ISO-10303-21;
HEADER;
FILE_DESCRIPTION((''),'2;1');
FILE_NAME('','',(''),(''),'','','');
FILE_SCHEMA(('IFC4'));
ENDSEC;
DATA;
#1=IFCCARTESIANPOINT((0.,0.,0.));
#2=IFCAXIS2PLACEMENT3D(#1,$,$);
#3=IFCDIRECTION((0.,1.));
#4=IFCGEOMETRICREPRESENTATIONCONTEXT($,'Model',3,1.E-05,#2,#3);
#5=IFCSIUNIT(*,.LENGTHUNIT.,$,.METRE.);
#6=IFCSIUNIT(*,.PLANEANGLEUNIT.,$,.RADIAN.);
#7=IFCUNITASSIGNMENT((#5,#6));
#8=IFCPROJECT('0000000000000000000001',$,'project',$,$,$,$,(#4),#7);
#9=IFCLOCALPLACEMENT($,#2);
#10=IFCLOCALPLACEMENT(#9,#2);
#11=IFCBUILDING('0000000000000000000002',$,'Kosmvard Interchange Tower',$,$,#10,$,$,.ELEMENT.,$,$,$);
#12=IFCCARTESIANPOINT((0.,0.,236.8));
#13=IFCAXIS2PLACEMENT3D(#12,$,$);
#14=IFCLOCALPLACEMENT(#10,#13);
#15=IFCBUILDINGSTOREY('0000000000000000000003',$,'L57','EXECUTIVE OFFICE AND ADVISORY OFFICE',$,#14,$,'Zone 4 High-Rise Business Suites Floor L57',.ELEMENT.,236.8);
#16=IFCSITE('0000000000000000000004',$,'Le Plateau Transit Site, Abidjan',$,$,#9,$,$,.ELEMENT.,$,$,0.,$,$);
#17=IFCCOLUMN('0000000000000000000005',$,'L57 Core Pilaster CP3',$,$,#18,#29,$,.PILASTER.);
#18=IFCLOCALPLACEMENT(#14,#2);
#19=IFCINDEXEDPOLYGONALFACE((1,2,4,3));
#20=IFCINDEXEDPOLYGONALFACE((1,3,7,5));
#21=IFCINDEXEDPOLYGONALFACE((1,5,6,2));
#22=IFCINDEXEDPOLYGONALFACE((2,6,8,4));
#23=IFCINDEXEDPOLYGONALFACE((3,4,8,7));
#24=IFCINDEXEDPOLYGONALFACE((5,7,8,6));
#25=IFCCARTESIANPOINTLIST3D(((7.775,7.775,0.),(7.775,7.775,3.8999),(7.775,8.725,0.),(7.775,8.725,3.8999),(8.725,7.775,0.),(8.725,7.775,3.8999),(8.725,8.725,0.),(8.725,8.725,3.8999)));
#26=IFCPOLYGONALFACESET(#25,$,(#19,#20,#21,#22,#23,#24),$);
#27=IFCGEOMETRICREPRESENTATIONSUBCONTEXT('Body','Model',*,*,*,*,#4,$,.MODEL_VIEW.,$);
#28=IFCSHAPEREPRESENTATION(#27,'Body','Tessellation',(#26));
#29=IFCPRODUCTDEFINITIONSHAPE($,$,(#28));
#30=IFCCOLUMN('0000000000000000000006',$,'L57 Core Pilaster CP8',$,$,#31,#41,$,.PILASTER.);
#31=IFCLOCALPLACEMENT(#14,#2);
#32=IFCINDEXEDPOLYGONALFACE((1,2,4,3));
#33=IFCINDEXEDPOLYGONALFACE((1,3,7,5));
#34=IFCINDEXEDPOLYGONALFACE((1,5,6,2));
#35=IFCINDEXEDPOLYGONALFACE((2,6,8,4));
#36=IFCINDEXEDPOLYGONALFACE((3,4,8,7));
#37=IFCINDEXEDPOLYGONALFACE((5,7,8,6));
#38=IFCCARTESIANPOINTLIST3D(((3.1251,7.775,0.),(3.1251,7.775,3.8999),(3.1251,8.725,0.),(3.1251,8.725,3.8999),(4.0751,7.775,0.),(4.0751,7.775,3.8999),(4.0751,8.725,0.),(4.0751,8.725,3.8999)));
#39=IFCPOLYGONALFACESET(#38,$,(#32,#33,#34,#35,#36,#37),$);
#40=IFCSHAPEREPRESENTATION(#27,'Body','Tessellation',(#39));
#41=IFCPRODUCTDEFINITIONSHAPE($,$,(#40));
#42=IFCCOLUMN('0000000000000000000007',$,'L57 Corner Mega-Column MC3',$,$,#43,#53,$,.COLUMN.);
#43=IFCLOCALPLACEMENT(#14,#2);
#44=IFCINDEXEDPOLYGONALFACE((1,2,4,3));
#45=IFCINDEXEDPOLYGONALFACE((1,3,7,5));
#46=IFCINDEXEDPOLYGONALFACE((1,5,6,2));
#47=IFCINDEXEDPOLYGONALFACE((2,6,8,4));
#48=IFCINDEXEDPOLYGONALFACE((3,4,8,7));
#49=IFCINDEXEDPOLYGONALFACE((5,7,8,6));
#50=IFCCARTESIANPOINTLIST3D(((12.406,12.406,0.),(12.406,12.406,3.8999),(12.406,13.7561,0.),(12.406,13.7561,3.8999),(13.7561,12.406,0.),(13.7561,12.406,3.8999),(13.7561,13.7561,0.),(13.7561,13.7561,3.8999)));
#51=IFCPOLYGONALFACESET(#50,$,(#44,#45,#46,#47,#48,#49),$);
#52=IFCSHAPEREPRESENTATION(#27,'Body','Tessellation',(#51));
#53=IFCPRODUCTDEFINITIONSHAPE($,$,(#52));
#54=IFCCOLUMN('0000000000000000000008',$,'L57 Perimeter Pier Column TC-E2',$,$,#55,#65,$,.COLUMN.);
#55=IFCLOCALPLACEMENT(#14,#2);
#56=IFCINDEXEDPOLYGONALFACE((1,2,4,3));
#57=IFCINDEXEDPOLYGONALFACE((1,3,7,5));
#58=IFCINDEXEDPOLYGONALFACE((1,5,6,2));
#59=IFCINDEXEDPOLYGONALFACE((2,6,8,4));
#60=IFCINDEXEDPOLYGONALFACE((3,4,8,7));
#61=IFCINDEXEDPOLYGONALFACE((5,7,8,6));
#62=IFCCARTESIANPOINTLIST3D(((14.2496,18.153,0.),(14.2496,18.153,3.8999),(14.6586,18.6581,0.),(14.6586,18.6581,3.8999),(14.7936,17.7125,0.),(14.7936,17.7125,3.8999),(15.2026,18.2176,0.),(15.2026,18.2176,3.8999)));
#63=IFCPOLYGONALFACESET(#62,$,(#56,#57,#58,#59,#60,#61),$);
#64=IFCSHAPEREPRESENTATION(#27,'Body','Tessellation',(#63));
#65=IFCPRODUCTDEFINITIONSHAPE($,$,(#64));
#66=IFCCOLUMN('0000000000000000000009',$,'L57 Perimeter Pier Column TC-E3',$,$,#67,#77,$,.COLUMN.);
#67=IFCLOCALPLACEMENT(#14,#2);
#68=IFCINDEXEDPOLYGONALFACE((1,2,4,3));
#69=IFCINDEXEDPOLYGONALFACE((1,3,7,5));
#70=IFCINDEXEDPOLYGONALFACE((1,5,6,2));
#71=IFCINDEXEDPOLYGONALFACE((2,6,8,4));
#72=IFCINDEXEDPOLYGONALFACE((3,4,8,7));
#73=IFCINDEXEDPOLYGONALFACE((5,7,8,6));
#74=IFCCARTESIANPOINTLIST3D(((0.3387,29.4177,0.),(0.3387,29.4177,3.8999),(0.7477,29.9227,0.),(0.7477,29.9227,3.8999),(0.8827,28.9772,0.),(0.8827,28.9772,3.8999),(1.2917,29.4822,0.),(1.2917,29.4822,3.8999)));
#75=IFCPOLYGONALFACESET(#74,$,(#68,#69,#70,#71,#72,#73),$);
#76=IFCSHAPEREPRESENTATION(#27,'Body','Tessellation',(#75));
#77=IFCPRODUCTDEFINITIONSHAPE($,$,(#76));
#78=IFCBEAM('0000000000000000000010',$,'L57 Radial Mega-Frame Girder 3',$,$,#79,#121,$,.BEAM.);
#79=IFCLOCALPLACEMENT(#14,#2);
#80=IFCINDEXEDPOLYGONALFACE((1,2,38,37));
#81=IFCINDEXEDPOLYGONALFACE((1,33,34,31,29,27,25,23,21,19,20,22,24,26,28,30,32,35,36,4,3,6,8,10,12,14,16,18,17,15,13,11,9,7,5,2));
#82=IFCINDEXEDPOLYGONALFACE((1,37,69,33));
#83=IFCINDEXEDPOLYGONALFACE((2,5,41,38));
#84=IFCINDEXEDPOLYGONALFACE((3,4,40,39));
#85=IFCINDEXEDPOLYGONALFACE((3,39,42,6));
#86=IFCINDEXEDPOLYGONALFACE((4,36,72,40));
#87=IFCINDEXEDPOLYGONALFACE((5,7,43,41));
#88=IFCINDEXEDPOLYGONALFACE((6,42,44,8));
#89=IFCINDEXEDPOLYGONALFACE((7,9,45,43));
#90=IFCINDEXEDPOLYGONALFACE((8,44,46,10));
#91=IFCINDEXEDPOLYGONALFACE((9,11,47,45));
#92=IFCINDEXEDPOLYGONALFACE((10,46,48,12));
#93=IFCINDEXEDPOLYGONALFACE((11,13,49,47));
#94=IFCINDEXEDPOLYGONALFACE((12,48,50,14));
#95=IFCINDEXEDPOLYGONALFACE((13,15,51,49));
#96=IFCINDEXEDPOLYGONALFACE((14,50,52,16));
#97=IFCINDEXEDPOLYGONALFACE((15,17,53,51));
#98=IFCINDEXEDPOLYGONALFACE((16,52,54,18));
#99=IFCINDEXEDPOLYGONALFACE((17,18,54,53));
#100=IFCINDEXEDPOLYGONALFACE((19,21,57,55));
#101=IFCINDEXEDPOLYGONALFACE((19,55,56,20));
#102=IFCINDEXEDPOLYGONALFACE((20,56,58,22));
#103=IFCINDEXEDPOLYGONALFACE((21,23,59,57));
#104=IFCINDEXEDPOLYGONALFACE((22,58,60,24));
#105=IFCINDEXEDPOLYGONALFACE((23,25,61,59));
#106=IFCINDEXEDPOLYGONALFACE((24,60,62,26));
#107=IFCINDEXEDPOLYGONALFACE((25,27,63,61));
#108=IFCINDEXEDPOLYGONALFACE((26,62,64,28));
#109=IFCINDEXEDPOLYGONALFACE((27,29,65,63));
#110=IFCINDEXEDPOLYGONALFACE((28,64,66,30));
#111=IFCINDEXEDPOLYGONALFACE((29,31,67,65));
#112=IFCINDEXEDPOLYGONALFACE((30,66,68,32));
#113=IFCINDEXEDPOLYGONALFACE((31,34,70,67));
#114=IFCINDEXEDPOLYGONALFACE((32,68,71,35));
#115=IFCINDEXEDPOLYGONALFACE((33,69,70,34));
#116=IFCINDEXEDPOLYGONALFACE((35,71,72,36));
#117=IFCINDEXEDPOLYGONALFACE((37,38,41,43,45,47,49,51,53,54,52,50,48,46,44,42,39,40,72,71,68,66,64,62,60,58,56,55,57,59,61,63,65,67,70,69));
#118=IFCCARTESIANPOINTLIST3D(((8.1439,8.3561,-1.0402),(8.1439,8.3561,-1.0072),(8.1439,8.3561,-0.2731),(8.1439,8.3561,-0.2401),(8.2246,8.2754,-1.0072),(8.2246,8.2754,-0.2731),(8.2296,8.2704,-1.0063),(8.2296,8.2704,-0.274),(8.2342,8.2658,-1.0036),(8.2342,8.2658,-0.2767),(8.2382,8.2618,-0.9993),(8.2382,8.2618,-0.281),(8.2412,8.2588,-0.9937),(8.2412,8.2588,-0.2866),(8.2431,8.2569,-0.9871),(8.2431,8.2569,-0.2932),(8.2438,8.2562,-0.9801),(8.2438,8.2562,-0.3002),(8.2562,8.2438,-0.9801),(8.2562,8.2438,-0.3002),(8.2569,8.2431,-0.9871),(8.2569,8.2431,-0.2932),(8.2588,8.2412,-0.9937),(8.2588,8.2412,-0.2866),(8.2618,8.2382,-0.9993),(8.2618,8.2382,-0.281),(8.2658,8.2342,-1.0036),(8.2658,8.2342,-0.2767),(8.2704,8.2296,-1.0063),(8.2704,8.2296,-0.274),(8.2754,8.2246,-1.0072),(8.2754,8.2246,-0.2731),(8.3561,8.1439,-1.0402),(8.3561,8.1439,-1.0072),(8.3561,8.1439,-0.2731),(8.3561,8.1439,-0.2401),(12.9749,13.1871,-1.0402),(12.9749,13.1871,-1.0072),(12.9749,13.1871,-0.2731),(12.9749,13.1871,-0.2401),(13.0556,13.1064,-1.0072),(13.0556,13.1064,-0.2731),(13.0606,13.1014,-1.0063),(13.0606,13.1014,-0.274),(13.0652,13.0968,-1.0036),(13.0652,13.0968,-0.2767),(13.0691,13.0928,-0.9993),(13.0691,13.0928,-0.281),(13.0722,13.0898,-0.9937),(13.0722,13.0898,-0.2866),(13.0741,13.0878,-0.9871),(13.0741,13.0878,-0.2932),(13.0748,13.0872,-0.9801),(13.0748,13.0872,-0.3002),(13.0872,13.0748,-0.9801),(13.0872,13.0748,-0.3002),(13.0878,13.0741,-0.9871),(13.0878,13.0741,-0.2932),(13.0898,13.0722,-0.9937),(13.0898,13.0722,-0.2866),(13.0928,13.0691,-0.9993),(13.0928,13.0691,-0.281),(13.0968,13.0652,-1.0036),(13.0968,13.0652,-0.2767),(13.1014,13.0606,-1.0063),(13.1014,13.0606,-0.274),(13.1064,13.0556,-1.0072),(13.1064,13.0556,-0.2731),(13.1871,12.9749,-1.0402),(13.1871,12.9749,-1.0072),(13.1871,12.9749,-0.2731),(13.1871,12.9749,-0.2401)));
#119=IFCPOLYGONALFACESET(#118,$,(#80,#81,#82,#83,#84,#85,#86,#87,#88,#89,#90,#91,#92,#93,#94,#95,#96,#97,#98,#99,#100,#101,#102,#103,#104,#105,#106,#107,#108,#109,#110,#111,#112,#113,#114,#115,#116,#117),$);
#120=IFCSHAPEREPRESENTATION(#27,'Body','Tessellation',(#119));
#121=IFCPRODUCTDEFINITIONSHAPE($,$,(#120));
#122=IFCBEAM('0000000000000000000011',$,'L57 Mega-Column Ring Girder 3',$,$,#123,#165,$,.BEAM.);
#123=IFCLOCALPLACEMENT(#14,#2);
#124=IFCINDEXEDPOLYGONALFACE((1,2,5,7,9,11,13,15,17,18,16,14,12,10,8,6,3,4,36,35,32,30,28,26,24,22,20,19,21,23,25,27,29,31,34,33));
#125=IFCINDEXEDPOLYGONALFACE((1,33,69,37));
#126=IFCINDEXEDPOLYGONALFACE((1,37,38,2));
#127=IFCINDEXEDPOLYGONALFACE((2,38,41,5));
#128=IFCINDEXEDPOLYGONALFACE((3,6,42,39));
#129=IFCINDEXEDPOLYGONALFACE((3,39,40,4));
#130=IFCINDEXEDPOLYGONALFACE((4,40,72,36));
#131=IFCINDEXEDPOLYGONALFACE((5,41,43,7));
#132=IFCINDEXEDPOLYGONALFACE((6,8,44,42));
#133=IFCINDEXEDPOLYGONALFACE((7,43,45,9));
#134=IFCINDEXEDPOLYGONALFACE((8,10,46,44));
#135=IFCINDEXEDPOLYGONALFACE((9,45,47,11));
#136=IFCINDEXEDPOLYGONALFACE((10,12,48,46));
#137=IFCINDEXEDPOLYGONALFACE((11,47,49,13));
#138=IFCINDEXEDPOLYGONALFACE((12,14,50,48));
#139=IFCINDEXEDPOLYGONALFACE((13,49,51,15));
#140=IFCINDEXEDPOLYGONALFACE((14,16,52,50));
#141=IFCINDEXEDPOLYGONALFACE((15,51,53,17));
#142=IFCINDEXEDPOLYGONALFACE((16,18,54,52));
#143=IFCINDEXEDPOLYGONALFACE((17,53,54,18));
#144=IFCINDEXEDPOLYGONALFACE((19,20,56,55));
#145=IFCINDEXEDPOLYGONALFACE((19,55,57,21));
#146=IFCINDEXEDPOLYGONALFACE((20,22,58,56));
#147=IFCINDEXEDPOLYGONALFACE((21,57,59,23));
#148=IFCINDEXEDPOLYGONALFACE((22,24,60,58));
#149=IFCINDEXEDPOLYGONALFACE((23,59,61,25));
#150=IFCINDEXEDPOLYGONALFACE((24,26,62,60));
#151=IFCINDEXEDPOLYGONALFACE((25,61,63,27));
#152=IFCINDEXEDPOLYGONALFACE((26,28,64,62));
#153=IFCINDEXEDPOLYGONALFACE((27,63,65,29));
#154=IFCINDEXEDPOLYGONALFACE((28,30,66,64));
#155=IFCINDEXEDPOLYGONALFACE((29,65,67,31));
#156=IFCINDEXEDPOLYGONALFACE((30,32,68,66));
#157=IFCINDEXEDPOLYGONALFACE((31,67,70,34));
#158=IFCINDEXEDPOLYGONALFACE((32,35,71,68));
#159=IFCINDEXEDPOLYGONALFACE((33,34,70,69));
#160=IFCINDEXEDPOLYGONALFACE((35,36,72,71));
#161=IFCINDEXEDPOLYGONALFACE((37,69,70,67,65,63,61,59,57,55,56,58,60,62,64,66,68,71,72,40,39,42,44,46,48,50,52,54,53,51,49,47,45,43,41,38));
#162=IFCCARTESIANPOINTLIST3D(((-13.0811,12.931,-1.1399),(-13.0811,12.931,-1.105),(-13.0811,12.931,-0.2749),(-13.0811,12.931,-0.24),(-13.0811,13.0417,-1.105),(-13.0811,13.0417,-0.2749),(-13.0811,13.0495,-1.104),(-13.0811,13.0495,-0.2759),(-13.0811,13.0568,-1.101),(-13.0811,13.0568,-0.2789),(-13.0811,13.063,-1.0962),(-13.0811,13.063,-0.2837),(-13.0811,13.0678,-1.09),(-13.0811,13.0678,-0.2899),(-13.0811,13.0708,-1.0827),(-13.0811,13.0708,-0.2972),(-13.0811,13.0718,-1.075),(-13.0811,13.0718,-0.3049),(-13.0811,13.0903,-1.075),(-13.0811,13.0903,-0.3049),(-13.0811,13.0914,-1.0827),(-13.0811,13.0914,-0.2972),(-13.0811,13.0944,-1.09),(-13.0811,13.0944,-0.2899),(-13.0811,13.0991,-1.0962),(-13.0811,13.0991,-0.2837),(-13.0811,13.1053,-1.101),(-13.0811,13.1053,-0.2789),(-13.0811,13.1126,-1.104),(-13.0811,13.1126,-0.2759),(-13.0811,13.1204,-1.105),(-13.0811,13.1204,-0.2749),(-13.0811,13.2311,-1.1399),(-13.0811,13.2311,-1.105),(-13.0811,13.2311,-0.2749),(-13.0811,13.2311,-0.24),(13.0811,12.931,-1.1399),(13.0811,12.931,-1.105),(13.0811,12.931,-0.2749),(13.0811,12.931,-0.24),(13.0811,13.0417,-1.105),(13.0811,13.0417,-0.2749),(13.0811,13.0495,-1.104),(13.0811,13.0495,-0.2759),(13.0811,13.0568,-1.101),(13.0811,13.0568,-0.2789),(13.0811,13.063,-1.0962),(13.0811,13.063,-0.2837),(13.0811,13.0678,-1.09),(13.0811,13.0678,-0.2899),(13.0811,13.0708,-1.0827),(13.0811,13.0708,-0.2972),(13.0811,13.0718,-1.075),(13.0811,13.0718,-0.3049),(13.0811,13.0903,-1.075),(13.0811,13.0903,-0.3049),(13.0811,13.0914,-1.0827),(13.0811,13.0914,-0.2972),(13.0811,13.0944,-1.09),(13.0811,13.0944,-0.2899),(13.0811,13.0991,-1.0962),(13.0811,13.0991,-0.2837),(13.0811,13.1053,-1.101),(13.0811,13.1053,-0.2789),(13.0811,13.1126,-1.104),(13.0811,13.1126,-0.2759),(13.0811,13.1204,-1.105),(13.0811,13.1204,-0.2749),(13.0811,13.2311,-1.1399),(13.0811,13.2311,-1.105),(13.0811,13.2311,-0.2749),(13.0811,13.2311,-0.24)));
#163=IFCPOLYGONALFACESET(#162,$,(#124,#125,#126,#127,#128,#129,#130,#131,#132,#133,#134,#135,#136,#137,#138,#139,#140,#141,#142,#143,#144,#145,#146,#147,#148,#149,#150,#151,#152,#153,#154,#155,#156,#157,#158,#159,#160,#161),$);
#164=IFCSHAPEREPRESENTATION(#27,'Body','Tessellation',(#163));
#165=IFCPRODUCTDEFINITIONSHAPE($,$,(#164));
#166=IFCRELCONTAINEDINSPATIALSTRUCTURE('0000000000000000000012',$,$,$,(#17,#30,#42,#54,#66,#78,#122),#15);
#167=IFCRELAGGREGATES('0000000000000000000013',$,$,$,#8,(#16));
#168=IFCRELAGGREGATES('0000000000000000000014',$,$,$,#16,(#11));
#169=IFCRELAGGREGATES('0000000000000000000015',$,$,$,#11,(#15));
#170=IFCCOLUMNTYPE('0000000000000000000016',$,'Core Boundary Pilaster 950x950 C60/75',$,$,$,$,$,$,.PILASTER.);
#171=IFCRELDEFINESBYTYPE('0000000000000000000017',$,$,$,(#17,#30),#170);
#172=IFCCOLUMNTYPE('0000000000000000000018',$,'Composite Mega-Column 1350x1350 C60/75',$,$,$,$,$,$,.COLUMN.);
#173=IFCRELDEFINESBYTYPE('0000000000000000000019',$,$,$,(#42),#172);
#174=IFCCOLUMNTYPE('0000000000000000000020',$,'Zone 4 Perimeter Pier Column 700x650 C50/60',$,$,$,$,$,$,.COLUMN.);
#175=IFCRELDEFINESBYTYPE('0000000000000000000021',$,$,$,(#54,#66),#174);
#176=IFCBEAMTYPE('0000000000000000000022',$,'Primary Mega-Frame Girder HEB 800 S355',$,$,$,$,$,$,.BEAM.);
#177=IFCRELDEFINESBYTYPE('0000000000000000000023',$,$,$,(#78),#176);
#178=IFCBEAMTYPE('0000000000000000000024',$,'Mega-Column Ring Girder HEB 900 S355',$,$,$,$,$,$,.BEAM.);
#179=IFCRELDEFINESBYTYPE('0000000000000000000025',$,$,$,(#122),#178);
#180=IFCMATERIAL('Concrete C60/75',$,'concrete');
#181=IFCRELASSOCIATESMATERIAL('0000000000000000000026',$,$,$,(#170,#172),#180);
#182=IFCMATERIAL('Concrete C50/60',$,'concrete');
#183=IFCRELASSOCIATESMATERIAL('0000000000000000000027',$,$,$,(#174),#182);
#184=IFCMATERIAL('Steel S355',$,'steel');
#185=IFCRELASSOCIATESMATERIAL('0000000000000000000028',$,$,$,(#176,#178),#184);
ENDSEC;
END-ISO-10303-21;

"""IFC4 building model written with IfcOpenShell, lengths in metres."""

from ifc_helpers import new_model, si_unit, direction, frame, origin, origin_2d, place, context, subcontext, project, spatial, rectangle, i_section, extrude, source, transform, mapped, material, material_profile, profile_set, type_object, element, save


model = new_model("IFC4")

# Units and contexts
model_context = context("Model", 3, precision=1e-05, world=origin(), true_north=direction((0.0, 1.0)))
body_context = subcontext(model_context, "Body", "Model", "MODEL_VIEW")
ifc_project = project(units=[si_unit("LENGTHUNIT", "METRE"), si_unit("PLANEANGLEUNIT", "RADIAN")], contexts=[model_context])

# Site, building, storey
site_placement = place(None, origin())
site = spatial("IfcSite", under=ifc_project, at=site_placement, Name="Le Plateau Transit Site, Abidjan", CompositionType="ELEMENT", RefElevation=0.0)
building_placement = place(site_placement, origin())
building = spatial("IfcBuilding", under=site, at=building_placement, Name="Kosmvard Interchange Tower", CompositionType="ELEMENT")
storey_placement = place(building_placement, frame((0.0, 0.0, 236.8)))
storey = spatial("IfcBuildingStorey", under=building, at=storey_placement, Name="L57", Description="EXECUTIVE OFFICE AND ADVISORY OFFICE", LongName="Zone 4 High-Rise Business Suites Floor L57", CompositionType="ELEMENT", Elevation=236.8)

# Columns
ifc_material_1 = material(Name="Concrete C60/75", Category="concrete")
ifc_material_profile_1 = material_profile(ifc_material_1, rectangle(XDim=0.95, YDim=0.95, at=origin_2d()), Name="CP 950x950")
ifc_profile_set_1 = profile_set([ifc_material_profile_1], Name="Concrete C60/75")
column_type_1 = type_object("IfcColumnType", Name="Core Boundary Pilaster 950x950 C60/75", PredefinedType="PILASTER", material=ifc_profile_set_1)
shared_shape_1 = source(origin(), body_context, "Body", "SweptSolid", [
    extrude(rectangle(XDim=0.95, YDim=0.95, at=origin_2d()), origin(), (0.0, 0.0, 1.0), 3.8999),
])
for number, where, z_axis, x_axis, name in (
    (1, (8.25, 8.25, 0.0), (0.0, 0.0, 1.0), (1.0, 0.0, 0.0), "L57 Core Pilaster CP3"),
    (2, (3.6001, 8.25, 0.0), (0.0, 0.0, 1.0), (1.0, 0.0, 0.0), "L57 Core Pilaster CP8"),
):
    element("IfcColumn", number, at=place(storey_placement, frame(where, z_axis=z_axis, x_axis=x_axis)), inside=storey, type_object=column_type_1, Name=name, PredefinedType="PILASTER", context=body_context, shape_type="MappedRepresentation", body=[
        mapped(shared_shape_1, transform((0.0, 0.0, 0.0), scale=1.0)),
    ])
ifc_material_profile_2 = material_profile(ifc_material_1, rectangle(XDim=1.3501, YDim=1.3501, at=origin_2d()), Name="MC 1350x1350")
ifc_profile_set_2 = profile_set([ifc_material_profile_2], Name="Concrete C60/75")
column_type_2 = type_object("IfcColumnType", Name="Composite Mega-Column 1350x1350 C60/75", PredefinedType="COLUMN", material=ifc_profile_set_2)
shared_shape_2 = source(origin(), body_context, "Body", "SweptSolid", [
    extrude(rectangle(XDim=1.3501, YDim=1.3501, at=origin_2d()), origin(), (0.0, 0.0, 1.0), 3.8999),
])
column_placement = place(storey_placement, frame((13.0811, 13.0811, 0.0), z_axis=(0.0, 0.0, 1.0), x_axis=(1.0, 0.0, 0.0)))
element("IfcColumn", 3, at=column_placement, inside=storey, type_object=column_type_2, Name="L57 Corner Mega-Column MC3", PredefinedType="COLUMN", context=body_context, shape_type="MappedRepresentation", body=[
    mapped(shared_shape_2, transform((0.0, 0.0, 0.0), scale=1.0)),
])
ifc_material_2 = material(Name="Concrete C50/60", Category="concrete")
ifc_material_profile_3 = material_profile(ifc_material_2, rectangle(XDim=0.6499, YDim=0.7, at=origin_2d()), Name="TC 700x650")
ifc_profile_set_3 = profile_set([ifc_material_profile_3], Name="Concrete C50/60")
column_type_3 = type_object("IfcColumnType", Name="Zone 4 Perimeter Pier Column 700x650 C50/60", PredefinedType="COLUMN", material=ifc_profile_set_3)
shared_shape_3 = source(origin(), body_context, "Body", "SweptSolid", [
    extrude(rectangle(XDim=0.6499, YDim=0.7, at=origin_2d()), origin(), (0.0, 0.0, 1.0), 3.8999),
])
for number, where, z_axis, x_axis, name in (
    (4, (14.7261, 18.1853, 0.0), (0.0, 0.0, 1.0), (0.62932, 0.777146, 0.0), "L57 Perimeter Pier Column TC-E2"),
    (5, (0.8152, 29.45, 0.0), (0.0, 0.0, 1.0), (0.62932, 0.777146, 0.0), "L57 Perimeter Pier Column TC-E3"),
):
    element("IfcColumn", number, at=place(storey_placement, frame(where, z_axis=z_axis, x_axis=x_axis)), inside=storey, type_object=column_type_3, Name=name, PredefinedType="COLUMN", context=body_context, shape_type="MappedRepresentation", body=[
        mapped(shared_shape_3, transform((0.0, 0.0, 0.0), scale=1.0)),
    ])

# Beams
ifc_material_3 = material(Name="Steel S355", Category="steel")
ifc_material_profile_4 = material_profile(ifc_material_3, i_section(OverallWidth=0.3, OverallDepth=0.8, WebThickness=0.0176, FlangeThickness=0.033, FilletRadius=0.0271, at=origin_2d()), Name="HEB 800")
ifc_profile_set_4 = profile_set([ifc_material_profile_4], Name="Steel S355")
beam_type_1 = type_object("IfcBeamType", Name="Primary Mega-Frame Girder HEB 800 S355", PredefinedType="BEAM", material=ifc_profile_set_4)
shared_shape_4 = source(origin(), body_context, "Body", "SweptSolid", [
    extrude(i_section(OverallWidth=0.3, OverallDepth=0.8, WebThickness=0.0176, FlangeThickness=0.033, FilletRadius=0.0271, at=origin_2d()), origin(), (0.0, 0.0, 1.0), 6.832),
])
beam_1_placement = place(storey_placement, frame((8.25, 8.25, -0.6401), z_axis=(0.707107, 0.707107, 0.0), x_axis=(-0.707107, 0.707107, 0.0)))
element("IfcBeam", 6, at=beam_1_placement, inside=storey, type_object=beam_type_1, Name="L57 Radial Mega-Frame Girder 3", PredefinedType="BEAM", context=body_context, shape_type="MappedRepresentation", body=[
    mapped(shared_shape_4, transform((0.0, 0.0, 0.0), scale=1.0)),
])
ifc_material_profile_5 = material_profile(ifc_material_3, i_section(OverallWidth=0.3, OverallDepth=0.8999, WebThickness=0.0186, FlangeThickness=0.0349, FilletRadius=0.03, at=origin_2d()), Name="HEB 900")
ifc_profile_set_5 = profile_set([ifc_material_profile_5], Name="Steel S355")
beam_type_2 = type_object("IfcBeamType", Name="Mega-Column Ring Girder HEB 900 S355", PredefinedType="BEAM", material=ifc_profile_set_5)
shared_shape_5 = source(origin(), body_context, "Body", "SweptSolid", [
    extrude(i_section(OverallWidth=0.3, OverallDepth=0.8999, WebThickness=0.0186, FlangeThickness=0.0349, FilletRadius=0.03, at=origin_2d()), origin(), (0.0, 0.0, 1.0), 26.1621),
])
beam_2_placement = place(storey_placement, frame((13.0811, 13.0811, -0.6899), z_axis=(-1.0, 0.0, 0.0), x_axis=(0.0, -1.0, 0.0)))
element("IfcBeam", 7, at=beam_2_placement, inside=storey, type_object=beam_type_2, Name="L57 Mega-Column Ring Girder 3", PredefinedType="BEAM", context=body_context, shape_type="MappedRepresentation", body=[
    mapped(shared_shape_5, transform((0.0, 0.0, 0.0), scale=1.0)),
])

save(model, "model.ifc")
